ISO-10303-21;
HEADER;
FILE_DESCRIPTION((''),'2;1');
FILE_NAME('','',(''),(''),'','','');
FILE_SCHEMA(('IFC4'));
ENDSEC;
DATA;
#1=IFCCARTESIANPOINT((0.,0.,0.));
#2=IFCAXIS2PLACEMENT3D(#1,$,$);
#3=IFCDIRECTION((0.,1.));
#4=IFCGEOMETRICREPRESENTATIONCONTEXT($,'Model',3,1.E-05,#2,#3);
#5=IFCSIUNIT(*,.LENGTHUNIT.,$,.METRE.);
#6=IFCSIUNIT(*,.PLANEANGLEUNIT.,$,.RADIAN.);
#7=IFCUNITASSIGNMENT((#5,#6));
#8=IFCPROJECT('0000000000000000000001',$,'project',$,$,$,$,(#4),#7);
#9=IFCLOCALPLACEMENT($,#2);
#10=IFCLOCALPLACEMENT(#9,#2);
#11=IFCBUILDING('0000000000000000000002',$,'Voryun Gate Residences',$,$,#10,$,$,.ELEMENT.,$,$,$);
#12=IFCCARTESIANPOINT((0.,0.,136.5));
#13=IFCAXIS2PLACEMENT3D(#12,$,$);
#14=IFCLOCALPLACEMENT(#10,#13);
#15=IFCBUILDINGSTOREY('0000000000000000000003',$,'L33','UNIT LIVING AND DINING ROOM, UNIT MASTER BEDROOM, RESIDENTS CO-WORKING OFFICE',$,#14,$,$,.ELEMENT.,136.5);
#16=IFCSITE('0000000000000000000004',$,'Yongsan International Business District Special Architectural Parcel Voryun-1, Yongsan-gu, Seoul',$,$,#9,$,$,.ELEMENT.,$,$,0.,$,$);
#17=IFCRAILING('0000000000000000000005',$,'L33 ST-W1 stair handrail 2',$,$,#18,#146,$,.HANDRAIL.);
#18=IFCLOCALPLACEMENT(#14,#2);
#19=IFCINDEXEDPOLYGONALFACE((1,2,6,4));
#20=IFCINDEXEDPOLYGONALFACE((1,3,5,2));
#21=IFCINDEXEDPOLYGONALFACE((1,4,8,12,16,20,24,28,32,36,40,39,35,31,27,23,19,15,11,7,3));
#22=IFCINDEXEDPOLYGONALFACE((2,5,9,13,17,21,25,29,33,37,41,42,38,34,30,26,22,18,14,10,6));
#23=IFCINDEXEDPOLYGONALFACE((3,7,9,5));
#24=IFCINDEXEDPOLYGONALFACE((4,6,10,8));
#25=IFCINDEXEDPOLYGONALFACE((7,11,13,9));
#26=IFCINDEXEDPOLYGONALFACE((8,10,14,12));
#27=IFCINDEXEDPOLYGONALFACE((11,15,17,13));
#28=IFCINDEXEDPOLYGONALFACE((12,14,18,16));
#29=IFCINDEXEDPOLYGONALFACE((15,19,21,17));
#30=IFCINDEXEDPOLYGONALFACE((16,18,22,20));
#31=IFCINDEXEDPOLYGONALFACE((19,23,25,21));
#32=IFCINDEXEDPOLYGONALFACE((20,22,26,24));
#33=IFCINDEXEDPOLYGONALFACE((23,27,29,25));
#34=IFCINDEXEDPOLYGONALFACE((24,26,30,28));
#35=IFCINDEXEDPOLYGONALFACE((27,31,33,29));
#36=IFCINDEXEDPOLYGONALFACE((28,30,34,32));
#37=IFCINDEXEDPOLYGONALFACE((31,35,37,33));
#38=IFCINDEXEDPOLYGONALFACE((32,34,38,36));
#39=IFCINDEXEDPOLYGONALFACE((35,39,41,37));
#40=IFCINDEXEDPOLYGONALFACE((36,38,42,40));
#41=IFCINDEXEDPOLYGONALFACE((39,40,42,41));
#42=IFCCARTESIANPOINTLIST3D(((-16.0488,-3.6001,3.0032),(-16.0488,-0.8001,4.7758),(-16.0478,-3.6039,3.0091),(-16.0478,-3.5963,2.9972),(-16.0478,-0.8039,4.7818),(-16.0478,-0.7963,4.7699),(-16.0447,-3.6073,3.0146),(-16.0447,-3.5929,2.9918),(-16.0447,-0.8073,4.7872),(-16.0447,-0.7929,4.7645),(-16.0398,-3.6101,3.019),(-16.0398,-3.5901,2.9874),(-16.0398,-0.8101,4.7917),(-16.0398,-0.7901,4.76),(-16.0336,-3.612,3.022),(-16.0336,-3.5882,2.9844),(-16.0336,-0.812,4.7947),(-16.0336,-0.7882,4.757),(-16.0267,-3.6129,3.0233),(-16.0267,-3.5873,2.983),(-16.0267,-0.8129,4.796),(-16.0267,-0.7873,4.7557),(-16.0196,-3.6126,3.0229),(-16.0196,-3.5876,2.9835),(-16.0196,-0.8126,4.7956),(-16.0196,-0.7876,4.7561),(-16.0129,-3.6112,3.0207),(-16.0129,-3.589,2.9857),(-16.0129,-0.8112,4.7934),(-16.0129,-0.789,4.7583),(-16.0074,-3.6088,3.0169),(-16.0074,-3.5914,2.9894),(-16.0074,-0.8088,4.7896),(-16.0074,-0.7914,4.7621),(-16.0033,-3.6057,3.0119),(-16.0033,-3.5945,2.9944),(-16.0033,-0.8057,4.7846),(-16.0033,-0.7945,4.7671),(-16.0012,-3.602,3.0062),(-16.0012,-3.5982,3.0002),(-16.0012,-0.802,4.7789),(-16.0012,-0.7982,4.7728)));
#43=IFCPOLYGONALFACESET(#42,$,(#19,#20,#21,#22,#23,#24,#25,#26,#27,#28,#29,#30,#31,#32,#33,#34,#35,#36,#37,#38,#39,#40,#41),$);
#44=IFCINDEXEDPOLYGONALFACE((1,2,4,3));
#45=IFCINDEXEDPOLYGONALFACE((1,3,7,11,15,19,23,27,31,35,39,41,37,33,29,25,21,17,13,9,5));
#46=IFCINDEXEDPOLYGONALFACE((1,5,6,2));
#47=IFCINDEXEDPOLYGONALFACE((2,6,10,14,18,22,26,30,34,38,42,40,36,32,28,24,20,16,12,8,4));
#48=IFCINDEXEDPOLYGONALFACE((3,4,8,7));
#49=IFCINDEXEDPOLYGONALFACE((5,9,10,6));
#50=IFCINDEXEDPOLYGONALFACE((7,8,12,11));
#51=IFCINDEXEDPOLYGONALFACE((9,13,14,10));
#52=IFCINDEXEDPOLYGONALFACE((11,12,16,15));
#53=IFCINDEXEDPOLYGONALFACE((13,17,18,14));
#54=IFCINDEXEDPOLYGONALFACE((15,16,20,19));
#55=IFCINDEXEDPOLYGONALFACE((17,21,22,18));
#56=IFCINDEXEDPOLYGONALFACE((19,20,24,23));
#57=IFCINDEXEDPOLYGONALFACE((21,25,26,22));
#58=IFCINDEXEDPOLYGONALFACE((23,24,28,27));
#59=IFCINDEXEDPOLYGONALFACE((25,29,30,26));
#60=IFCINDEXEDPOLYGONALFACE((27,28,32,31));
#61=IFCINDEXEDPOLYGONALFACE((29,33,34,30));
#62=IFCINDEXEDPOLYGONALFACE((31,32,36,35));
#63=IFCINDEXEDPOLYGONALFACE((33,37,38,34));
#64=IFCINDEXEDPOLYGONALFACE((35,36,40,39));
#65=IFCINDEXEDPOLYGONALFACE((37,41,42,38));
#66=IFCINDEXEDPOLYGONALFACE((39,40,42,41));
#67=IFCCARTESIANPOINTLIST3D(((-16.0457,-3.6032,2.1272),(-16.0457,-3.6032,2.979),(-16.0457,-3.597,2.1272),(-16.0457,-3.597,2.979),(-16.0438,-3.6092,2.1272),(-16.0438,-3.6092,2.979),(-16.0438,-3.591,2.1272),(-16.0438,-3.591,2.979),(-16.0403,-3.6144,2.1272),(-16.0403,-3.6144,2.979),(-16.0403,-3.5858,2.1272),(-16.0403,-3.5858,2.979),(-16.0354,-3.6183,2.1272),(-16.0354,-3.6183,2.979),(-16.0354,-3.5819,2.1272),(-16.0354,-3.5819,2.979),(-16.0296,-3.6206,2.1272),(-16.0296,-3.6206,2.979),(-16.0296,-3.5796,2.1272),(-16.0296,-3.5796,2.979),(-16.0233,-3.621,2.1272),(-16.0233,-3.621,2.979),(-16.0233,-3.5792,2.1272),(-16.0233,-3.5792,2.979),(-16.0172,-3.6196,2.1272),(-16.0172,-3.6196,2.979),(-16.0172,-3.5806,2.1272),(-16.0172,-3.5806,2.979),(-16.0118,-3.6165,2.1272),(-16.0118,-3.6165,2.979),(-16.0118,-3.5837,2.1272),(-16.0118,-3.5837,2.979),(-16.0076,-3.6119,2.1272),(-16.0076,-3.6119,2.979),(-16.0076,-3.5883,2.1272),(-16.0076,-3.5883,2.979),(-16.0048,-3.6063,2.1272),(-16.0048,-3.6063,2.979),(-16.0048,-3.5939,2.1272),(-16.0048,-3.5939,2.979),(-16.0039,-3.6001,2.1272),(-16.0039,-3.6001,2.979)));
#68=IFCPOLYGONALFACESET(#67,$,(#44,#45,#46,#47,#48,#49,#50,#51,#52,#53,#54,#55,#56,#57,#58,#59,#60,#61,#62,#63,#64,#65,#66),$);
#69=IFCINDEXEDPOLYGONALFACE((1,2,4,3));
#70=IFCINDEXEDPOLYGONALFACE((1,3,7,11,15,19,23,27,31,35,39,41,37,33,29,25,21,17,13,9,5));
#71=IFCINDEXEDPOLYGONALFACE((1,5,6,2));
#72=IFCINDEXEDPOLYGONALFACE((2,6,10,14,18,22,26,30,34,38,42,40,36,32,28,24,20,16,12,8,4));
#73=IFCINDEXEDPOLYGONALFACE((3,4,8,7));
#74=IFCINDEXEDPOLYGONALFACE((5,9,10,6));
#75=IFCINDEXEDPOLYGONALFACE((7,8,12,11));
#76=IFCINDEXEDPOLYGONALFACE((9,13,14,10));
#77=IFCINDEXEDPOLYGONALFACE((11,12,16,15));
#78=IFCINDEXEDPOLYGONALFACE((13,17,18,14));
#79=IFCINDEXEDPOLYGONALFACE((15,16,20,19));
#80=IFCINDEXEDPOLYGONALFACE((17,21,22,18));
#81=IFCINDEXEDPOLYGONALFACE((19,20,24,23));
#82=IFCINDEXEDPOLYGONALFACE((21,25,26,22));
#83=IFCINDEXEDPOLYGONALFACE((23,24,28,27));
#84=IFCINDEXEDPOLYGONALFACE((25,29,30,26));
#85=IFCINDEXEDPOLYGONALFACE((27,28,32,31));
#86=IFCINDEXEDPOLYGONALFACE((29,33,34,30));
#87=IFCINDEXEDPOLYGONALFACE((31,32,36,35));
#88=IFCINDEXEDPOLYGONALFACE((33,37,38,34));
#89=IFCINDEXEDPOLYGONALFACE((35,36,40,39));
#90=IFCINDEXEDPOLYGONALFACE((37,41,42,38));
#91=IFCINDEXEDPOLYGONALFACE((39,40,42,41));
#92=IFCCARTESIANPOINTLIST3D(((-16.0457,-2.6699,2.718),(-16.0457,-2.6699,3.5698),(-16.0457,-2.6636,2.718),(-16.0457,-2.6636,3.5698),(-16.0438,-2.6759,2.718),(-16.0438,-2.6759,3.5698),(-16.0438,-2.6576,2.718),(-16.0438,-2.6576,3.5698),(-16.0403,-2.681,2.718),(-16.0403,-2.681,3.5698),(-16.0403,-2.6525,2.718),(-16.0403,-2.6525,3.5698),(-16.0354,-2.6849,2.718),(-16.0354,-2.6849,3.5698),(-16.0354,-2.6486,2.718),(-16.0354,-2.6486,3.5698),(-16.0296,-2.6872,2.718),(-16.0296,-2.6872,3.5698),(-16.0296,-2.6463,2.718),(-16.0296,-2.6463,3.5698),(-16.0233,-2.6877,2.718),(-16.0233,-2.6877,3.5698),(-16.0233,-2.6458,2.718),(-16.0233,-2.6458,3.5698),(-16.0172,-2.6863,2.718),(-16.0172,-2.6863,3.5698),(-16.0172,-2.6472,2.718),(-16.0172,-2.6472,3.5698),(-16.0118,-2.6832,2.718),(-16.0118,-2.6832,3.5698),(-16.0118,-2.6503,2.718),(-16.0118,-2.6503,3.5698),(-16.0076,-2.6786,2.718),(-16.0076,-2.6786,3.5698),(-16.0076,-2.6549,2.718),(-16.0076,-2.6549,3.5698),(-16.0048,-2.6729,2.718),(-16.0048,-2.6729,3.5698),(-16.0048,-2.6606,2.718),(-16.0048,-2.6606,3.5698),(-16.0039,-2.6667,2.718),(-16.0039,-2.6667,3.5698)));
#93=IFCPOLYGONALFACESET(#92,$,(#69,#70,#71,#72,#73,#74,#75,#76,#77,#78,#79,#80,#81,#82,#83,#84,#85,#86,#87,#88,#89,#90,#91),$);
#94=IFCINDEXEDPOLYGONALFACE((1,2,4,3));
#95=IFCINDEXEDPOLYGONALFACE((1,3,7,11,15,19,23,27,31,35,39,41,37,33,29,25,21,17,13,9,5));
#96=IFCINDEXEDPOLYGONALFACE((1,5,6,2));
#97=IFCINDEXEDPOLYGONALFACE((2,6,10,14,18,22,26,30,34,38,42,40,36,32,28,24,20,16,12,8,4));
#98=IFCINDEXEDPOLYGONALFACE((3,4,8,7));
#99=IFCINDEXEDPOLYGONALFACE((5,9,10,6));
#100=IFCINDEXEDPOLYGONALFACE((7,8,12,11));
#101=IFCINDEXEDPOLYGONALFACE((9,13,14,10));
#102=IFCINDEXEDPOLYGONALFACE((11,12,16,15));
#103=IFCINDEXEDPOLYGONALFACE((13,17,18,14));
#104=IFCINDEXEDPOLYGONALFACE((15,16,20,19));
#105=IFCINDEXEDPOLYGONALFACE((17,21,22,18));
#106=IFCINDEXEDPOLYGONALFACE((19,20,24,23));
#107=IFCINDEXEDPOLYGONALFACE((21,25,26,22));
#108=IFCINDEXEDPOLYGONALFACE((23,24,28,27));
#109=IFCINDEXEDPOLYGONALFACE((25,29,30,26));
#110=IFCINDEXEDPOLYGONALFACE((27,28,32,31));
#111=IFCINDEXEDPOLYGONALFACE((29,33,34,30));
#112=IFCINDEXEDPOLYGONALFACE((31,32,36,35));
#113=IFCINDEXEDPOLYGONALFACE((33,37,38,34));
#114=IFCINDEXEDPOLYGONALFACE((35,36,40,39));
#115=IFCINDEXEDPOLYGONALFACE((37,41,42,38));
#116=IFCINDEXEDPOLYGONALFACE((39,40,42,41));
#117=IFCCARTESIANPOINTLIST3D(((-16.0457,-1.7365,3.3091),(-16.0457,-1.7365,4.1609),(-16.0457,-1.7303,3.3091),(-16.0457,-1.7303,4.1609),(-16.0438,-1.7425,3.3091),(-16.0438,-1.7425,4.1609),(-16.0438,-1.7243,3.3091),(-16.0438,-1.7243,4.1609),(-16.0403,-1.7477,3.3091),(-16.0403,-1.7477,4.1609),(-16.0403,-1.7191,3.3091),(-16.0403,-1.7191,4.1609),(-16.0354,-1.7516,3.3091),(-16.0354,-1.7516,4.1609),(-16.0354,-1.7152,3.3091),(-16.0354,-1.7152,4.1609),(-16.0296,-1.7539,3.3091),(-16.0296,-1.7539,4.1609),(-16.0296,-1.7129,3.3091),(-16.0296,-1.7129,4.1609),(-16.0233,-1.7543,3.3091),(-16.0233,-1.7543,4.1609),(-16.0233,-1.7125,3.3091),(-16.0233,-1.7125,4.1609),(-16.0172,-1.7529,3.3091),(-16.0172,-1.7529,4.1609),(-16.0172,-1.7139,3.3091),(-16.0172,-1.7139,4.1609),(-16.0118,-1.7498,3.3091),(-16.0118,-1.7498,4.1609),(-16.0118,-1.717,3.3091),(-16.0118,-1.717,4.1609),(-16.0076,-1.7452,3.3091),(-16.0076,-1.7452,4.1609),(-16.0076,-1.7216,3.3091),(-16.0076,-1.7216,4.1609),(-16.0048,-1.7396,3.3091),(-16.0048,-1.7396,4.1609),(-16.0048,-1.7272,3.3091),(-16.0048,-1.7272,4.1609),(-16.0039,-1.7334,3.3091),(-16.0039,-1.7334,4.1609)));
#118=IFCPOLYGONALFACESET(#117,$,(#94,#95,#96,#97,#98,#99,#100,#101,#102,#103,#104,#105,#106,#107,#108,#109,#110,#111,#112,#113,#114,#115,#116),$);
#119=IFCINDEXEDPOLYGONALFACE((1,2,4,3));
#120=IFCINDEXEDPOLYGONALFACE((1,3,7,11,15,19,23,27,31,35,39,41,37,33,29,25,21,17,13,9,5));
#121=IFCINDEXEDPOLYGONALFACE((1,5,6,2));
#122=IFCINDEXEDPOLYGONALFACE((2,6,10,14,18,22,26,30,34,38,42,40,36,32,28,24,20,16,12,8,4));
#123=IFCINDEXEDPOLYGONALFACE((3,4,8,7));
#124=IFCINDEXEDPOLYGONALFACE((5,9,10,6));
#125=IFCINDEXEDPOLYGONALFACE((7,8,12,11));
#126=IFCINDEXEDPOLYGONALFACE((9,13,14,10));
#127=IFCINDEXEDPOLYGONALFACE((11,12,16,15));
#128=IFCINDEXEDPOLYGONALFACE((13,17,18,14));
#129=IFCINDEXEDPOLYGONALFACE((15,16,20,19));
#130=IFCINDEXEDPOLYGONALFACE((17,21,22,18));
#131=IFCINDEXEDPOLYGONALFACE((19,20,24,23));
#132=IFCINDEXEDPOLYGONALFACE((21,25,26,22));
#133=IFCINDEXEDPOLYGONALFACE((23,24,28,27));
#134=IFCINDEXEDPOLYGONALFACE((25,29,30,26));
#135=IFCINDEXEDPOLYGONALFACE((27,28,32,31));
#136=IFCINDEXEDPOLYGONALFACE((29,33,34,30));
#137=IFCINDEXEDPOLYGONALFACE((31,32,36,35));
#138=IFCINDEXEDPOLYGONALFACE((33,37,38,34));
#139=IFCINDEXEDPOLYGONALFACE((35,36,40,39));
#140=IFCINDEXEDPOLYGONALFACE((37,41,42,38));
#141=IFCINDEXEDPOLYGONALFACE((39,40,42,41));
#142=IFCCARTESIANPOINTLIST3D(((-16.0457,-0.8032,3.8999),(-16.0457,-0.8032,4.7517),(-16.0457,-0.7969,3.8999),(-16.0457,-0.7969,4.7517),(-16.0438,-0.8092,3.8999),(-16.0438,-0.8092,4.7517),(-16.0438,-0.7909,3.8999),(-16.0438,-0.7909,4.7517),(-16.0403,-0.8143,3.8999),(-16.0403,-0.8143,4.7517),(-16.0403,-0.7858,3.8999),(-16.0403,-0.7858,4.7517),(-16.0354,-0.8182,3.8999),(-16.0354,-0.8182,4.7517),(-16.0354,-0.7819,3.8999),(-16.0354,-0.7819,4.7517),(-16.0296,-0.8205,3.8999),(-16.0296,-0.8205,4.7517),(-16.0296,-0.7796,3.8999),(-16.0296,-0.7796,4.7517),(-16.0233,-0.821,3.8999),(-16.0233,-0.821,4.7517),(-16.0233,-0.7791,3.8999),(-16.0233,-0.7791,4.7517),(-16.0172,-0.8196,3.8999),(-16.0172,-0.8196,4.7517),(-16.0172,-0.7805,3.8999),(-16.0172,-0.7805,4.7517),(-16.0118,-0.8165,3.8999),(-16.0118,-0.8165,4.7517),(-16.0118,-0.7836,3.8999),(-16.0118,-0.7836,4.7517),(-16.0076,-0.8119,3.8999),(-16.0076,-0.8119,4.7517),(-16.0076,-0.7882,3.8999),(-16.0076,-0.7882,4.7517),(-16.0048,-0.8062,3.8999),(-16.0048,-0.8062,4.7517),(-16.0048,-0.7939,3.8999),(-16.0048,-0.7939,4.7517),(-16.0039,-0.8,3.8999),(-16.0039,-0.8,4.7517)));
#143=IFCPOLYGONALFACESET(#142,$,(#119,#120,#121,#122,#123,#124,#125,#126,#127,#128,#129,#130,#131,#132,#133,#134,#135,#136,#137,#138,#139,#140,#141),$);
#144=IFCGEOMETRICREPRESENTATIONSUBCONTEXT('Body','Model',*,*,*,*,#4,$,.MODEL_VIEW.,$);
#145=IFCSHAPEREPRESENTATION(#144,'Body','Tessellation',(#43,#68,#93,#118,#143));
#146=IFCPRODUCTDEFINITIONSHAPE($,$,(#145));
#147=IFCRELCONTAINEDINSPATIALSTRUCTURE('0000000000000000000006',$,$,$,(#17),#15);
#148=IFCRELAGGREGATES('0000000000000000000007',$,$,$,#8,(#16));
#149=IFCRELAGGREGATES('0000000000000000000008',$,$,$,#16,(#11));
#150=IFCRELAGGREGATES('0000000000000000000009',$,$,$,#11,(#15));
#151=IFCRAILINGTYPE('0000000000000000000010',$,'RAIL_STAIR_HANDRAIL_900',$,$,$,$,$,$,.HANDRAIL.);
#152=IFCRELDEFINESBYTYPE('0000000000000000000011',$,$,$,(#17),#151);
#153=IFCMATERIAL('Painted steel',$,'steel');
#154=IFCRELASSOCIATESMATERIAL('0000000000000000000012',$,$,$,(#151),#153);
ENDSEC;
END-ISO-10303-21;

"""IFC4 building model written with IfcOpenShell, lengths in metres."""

from ifc_helpers import new_model, si_unit, direction, frame, origin, origin_2d, place, context, subcontext, project, spatial, circle, extrude, material, type_object, element, save


model = new_model("IFC4")

# Units and contexts
model_context = context("Model", 3, precision=1e-05, world=origin(), true_north=direction((0.0, 1.0)))
body_context = subcontext(model_context, "Body", "Model", "MODEL_VIEW")
ifc_project = project(units=[si_unit("LENGTHUNIT", "METRE"), si_unit("PLANEANGLEUNIT", "RADIAN")], contexts=[model_context])

# Site, building, storey
site_placement = place(None, origin())
site = spatial("IfcSite", under=ifc_project, at=site_placement, Name="Yongsan International Business District Special Architectural Parcel Voryun-1, Yongsan-gu, Seoul", CompositionType="ELEMENT", RefElevation=0.0)
building_placement = place(site_placement, origin())
building = spatial("IfcBuilding", under=site, at=building_placement, Name="Voryun Gate Residences", CompositionType="ELEMENT")
storey_placement = place(building_placement, frame((0.0, 0.0, 136.5)))
storey = spatial("IfcBuildingStorey", under=building, at=storey_placement, Name="L33", Description="UNIT LIVING AND DINING ROOM, UNIT MASTER BEDROOM, RESIDENTS CO-WORKING OFFICE", CompositionType="ELEMENT", Elevation=136.5)

# Railing
ifc_material_1 = material(Name="Painted steel", Category="steel")
railing_type_1 = type_object("IfcRailingType", Name="RAIL_STAIR_HANDRAIL_900", PredefinedType="HANDRAIL", material=ifc_material_1)
railing_1_placement = place(storey_placement, frame((-16.0249, -3.6001, 2.1272)))
element("IfcRailing", 1, at=railing_1_placement, inside=storey, type_object=railing_type_1, Name="L33 ST-W1 stair handrail 2", PredefinedType="HANDRAIL", context=body_context, shape_type="SweptSolid", body=[
    extrude(circle(Radius=0.0239, at=origin_2d()), frame((0.0, 0.0, 0.876), z_axis=(0.0, 0.844909, 0.53491), x_axis=(-1.0, 0.0, 0.0)), (0.0, 0.0, 1.0), 3.314),
    extrude(circle(Radius=0.021, at=origin_2d()), origin(), (0.0, 0.0, 1.0), 0.8518),
    extrude(circle(Radius=0.021, at=origin_2d()), frame((0.0, 0.9333, 0.5908)), (0.0, 0.0, 1.0), 0.8518),
    extrude(circle(Radius=0.021, at=origin_2d()), frame((0.0, 1.8667, 1.1819)), (0.0, 0.0, 1.0), 0.8518),
    extrude(circle(Radius=0.021, at=origin_2d()), frame((0.0, 2.8, 1.7727)), (0.0, 0.0, 1.0), 0.8518),
])

save(model, "model.ifc")
